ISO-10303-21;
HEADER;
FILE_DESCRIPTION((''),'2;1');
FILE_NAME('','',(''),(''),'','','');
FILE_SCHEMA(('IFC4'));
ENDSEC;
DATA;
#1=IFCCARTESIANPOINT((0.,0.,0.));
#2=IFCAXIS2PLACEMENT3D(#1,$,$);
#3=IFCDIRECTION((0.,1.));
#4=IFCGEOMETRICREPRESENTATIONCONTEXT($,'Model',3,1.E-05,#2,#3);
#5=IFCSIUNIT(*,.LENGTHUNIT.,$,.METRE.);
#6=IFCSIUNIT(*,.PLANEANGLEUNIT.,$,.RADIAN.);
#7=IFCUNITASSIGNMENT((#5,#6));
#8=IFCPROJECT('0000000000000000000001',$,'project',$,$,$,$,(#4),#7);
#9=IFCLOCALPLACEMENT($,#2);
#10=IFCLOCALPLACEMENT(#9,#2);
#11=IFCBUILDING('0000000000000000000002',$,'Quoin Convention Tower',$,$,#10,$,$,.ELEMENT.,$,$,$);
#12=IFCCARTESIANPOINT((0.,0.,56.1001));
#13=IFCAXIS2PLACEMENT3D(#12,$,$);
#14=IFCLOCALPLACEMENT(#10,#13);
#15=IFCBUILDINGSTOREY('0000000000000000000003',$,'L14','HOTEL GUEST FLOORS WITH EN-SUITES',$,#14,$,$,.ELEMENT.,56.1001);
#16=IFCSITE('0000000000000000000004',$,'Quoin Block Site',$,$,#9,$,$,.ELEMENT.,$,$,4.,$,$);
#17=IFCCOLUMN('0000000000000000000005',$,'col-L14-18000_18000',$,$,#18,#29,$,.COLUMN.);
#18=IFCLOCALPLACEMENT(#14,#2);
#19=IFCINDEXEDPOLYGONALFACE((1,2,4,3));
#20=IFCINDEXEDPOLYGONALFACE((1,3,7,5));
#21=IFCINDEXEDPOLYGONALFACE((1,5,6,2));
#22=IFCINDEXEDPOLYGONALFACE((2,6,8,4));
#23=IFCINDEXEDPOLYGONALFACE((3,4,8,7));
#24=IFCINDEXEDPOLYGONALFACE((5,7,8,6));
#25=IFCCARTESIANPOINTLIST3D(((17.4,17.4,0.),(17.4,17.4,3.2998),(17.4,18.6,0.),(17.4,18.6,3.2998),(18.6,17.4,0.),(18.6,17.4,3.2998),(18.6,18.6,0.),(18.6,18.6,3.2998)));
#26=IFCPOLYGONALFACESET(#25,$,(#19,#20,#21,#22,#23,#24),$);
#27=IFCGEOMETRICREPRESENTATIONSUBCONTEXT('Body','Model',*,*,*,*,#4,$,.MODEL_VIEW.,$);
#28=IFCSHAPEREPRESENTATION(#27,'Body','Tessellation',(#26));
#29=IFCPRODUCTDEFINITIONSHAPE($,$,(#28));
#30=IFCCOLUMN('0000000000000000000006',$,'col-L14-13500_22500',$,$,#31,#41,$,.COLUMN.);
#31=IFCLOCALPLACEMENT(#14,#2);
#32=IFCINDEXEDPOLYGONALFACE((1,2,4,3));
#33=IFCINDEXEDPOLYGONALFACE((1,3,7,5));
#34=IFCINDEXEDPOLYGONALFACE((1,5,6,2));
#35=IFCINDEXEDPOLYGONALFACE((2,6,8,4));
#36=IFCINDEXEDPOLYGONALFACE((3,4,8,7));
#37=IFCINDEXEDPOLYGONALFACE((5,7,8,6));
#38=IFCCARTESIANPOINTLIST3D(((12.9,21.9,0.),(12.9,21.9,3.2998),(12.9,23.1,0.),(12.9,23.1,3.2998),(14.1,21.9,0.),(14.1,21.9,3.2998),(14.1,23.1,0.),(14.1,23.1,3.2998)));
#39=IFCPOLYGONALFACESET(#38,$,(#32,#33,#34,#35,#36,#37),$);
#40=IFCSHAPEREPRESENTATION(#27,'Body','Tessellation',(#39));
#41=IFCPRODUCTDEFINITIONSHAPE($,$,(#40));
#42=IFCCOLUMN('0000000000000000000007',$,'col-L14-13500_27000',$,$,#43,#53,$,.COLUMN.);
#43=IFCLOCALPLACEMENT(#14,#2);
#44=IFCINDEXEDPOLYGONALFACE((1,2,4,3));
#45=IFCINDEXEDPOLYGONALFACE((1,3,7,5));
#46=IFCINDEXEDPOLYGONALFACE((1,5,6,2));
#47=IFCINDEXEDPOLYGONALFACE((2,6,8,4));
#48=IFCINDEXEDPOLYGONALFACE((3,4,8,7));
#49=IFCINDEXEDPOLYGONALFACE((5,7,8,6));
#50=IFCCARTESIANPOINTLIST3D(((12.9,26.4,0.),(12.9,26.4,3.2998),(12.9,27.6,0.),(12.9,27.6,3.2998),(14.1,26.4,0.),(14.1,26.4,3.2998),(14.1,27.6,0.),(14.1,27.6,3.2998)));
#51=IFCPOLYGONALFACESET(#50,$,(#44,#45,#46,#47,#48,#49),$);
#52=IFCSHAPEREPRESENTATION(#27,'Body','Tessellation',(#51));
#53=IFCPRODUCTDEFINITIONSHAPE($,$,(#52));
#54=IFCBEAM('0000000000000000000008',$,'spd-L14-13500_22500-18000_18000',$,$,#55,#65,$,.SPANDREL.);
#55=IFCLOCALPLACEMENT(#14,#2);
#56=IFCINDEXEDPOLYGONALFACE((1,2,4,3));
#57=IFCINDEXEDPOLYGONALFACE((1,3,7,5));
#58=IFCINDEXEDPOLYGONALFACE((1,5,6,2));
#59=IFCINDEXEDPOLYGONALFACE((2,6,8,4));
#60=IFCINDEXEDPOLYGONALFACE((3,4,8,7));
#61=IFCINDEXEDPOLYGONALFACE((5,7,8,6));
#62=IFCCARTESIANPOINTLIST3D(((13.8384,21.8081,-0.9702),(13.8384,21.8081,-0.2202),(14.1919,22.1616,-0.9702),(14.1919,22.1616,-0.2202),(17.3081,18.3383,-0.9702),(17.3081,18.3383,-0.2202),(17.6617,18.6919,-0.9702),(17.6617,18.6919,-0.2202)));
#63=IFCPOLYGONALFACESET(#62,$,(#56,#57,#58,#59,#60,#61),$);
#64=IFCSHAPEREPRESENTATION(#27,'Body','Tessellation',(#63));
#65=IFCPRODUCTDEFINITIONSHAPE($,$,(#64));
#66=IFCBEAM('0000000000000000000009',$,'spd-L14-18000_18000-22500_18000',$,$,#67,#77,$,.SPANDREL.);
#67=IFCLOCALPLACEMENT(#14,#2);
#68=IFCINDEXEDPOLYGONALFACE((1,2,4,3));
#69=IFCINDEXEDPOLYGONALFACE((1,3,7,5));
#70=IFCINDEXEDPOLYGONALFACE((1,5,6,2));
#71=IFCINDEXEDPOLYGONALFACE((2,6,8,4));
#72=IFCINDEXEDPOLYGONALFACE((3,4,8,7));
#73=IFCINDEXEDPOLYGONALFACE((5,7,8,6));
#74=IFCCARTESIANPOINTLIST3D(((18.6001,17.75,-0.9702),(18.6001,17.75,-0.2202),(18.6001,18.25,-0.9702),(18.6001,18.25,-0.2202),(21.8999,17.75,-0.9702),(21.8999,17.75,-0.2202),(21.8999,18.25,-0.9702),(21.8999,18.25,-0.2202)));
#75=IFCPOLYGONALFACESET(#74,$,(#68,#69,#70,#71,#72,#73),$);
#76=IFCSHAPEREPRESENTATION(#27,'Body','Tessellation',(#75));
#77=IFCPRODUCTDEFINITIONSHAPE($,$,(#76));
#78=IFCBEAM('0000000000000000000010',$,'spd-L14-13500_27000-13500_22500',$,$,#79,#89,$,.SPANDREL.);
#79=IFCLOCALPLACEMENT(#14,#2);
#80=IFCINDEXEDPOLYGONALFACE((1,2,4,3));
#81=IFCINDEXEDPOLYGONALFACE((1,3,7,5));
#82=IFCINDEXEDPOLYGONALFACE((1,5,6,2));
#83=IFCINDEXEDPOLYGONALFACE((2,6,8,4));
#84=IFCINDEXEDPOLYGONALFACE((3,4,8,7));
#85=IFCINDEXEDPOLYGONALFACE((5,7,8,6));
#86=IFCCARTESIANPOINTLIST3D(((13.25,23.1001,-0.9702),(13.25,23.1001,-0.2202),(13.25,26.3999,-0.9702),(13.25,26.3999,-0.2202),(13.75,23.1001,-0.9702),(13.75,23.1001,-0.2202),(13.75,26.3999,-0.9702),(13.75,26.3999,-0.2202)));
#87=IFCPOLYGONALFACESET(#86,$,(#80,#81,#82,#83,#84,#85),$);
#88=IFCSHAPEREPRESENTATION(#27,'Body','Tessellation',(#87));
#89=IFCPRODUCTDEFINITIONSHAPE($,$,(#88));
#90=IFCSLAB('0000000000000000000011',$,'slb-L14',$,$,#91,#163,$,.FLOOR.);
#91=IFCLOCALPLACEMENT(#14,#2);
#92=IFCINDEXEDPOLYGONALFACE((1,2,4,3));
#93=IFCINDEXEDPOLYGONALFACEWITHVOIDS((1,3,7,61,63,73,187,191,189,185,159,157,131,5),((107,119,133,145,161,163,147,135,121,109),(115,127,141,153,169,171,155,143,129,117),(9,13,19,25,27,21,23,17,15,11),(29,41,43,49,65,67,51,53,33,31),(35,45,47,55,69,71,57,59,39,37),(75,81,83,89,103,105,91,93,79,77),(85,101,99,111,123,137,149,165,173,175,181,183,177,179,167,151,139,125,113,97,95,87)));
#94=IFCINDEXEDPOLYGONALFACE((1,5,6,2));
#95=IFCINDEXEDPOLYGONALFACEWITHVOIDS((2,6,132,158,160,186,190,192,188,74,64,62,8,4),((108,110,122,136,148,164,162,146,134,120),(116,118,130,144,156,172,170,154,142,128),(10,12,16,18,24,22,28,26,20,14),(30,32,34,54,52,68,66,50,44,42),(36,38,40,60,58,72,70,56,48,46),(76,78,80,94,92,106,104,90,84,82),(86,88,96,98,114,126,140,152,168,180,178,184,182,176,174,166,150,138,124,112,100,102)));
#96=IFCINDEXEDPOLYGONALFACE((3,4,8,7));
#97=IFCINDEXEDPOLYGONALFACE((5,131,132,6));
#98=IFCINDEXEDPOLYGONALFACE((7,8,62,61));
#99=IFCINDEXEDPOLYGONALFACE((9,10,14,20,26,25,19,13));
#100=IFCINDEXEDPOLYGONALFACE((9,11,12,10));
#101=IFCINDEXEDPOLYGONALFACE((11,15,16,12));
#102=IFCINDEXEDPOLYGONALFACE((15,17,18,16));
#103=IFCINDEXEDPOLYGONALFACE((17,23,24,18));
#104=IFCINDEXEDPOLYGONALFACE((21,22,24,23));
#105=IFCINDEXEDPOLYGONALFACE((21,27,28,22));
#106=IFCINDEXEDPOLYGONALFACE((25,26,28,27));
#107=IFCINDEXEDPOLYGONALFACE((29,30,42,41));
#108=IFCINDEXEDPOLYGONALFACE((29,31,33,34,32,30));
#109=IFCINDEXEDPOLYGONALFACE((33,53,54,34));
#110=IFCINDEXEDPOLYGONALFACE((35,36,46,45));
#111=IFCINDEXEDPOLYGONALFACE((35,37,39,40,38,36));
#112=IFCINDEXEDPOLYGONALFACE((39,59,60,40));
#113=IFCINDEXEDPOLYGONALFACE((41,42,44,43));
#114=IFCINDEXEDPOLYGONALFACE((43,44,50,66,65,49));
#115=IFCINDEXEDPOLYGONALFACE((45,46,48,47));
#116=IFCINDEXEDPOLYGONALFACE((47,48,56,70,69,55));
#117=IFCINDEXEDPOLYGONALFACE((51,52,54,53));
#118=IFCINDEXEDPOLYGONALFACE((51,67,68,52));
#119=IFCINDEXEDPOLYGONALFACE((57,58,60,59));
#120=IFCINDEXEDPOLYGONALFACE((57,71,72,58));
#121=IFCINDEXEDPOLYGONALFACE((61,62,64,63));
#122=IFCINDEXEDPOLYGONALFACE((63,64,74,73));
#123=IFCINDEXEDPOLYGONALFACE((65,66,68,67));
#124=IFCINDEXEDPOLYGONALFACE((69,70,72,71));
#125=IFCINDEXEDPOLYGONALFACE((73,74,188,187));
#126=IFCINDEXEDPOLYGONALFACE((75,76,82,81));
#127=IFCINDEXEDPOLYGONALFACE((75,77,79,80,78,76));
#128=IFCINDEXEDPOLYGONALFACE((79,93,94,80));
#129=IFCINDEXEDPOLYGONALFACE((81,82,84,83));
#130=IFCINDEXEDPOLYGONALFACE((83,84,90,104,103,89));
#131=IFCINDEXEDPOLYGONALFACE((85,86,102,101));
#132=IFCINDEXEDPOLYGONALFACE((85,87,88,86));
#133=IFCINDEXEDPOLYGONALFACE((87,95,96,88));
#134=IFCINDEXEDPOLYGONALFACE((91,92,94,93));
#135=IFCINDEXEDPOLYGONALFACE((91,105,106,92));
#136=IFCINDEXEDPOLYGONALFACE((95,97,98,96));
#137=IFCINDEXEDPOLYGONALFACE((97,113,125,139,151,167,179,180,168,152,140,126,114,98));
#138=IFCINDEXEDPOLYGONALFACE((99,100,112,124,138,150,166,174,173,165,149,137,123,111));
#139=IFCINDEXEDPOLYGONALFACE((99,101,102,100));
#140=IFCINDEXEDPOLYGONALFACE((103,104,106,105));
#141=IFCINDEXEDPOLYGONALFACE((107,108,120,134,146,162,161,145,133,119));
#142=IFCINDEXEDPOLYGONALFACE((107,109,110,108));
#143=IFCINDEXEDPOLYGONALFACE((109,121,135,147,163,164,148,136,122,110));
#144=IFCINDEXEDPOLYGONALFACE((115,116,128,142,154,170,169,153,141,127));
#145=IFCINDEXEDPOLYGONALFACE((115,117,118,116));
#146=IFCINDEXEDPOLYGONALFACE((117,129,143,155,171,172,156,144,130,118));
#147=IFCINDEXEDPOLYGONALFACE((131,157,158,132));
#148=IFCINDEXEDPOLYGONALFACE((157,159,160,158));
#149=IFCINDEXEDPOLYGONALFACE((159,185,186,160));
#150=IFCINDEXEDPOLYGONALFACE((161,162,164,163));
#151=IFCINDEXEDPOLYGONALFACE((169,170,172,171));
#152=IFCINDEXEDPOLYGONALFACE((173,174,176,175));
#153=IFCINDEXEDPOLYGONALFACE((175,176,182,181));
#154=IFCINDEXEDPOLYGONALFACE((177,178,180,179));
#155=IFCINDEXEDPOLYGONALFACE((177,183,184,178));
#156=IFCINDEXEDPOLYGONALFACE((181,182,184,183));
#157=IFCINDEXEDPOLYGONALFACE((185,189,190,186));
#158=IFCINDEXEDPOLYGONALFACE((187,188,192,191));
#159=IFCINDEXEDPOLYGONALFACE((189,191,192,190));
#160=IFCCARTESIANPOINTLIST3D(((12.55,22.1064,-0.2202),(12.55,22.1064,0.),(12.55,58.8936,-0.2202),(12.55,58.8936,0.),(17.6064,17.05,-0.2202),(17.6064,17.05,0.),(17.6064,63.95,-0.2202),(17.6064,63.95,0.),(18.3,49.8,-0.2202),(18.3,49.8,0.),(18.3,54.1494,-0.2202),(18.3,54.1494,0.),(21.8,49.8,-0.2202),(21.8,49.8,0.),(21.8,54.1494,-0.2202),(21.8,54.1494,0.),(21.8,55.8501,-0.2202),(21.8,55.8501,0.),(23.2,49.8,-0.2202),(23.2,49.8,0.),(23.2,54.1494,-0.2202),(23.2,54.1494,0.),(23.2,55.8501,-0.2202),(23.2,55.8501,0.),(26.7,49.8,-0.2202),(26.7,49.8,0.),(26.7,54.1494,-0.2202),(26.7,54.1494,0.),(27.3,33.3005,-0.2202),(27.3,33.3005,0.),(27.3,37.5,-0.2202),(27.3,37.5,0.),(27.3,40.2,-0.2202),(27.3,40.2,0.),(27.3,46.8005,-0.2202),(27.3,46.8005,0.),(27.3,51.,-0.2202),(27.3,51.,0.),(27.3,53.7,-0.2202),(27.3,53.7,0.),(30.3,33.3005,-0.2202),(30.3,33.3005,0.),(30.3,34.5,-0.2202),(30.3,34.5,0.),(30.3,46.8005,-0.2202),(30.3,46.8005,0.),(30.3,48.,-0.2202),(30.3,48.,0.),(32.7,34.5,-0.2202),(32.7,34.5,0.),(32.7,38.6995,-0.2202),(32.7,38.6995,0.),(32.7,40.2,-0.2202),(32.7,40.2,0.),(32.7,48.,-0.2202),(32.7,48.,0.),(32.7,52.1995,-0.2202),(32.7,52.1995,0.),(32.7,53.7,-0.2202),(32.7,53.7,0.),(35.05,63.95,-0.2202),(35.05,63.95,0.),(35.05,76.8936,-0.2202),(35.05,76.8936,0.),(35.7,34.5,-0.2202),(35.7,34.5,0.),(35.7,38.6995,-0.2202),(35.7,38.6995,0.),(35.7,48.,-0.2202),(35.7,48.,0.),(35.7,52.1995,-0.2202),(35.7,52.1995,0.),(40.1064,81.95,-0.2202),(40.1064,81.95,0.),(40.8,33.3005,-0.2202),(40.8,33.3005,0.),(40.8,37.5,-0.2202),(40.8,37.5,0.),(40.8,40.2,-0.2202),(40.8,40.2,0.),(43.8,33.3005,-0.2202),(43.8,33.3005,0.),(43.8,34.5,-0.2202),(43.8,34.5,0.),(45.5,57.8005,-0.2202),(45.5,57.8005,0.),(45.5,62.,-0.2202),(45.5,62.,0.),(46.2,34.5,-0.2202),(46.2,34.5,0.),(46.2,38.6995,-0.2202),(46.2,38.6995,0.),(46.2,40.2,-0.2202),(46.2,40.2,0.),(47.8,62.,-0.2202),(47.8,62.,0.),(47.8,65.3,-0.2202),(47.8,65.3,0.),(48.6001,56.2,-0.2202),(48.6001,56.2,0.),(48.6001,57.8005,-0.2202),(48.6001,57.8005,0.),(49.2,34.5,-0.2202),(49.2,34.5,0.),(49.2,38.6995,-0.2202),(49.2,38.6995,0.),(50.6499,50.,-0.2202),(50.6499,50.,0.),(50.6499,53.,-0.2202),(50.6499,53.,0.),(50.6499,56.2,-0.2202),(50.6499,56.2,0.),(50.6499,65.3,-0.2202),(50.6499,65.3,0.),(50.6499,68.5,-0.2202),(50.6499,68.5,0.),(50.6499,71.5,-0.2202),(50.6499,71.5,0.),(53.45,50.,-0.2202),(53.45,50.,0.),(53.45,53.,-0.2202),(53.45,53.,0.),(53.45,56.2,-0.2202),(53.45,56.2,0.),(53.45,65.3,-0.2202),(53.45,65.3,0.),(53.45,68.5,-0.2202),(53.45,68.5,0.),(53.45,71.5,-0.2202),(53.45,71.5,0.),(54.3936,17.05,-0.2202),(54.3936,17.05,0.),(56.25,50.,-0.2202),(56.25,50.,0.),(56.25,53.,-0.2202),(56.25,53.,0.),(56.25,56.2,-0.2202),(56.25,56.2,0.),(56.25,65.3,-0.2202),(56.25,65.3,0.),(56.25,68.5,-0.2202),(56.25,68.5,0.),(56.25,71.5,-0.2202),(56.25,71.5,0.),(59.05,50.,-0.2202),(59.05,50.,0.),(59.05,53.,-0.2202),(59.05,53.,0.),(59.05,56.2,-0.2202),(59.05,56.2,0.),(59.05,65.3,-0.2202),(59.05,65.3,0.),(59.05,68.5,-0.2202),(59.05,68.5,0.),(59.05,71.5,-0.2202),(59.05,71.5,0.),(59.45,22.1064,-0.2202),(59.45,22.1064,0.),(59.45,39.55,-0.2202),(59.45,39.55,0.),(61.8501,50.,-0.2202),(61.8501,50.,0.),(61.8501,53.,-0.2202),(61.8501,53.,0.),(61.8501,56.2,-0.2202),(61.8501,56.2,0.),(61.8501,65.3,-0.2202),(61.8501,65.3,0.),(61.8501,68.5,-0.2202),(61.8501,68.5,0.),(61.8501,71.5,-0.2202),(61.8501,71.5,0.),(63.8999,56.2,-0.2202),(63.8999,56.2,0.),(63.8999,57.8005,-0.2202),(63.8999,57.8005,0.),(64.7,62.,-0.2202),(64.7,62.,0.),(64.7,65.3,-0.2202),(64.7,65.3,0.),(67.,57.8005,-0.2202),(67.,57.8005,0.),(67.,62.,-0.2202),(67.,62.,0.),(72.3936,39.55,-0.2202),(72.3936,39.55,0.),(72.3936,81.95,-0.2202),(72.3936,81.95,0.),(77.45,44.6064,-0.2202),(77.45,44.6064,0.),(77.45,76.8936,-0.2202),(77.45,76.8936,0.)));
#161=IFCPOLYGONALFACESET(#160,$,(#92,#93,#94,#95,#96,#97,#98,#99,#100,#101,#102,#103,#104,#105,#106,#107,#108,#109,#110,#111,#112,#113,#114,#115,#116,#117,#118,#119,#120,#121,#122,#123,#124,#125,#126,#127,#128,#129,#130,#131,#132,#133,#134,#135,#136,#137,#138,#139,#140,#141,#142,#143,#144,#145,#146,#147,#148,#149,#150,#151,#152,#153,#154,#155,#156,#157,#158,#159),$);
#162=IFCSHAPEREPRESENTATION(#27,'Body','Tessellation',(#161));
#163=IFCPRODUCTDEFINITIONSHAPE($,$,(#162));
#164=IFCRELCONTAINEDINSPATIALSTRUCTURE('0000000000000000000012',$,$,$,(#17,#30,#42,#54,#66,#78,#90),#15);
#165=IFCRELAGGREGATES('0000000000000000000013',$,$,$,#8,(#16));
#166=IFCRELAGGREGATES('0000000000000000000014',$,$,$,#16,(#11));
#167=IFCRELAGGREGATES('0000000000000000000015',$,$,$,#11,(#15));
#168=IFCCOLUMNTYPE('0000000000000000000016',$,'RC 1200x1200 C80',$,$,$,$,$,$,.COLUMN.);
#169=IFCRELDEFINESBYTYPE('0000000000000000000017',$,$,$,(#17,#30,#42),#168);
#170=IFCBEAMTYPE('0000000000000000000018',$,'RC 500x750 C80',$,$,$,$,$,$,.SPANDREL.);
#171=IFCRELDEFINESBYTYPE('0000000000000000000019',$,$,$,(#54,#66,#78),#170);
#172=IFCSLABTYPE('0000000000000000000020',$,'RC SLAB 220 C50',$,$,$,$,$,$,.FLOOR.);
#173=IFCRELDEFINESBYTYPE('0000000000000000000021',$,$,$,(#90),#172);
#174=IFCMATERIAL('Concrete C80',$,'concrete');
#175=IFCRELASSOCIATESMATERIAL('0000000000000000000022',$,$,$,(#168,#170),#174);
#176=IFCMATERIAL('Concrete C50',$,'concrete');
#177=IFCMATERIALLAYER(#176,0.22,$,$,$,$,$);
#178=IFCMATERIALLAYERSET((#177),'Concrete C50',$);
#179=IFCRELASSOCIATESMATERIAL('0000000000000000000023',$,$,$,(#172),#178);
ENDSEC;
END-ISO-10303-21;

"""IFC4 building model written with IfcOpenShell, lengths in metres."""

from ifc_helpers import new_model, si_unit, direction, frame, origin, origin_2d, place, context, subcontext, project, spatial, polyline, rectangle, outline, extrude, material, layer, layer_set, material_profile, profile_set, type_object, element, save


model = new_model("IFC4")

# Units and contexts
model_context = context("Model", 3, precision=1e-05, world=origin(), true_north=direction((0.0, 1.0)))
body_context = subcontext(model_context, "Body", "Model", "MODEL_VIEW")
ifc_project = project(units=[si_unit("LENGTHUNIT", "METRE"), si_unit("PLANEANGLEUNIT", "RADIAN")], contexts=[model_context])

# Site, building, storey
site_placement = place(None, origin())
site = spatial("IfcSite", under=ifc_project, at=site_placement, Name="Quoin Block Site", CompositionType="ELEMENT", RefElevation=4.0)
building_placement = place(site_placement, origin())
building = spatial("IfcBuilding", under=site, at=building_placement, Name="Quoin Convention Tower", CompositionType="ELEMENT")
storey_placement = place(building_placement, frame((0.0, 0.0, 56.1001)))
storey = spatial("IfcBuildingStorey", under=building, at=storey_placement, Name="L14", Description="HOTEL GUEST FLOORS WITH EN-SUITES", CompositionType="ELEMENT", Elevation=56.1001)

# Columns
ifc_material_1 = material(Name="Concrete C80", Category="concrete")
ifc_material_profile_1 = material_profile(ifc_material_1, rectangle(XDim=1.2, YDim=1.2, at=origin_2d()), Name="RC 1200x1200")
ifc_profile_set_1 = profile_set([ifc_material_profile_1], Name="Concrete C80")
column_type = type_object("IfcColumnType", Name="RC 1200x1200 C80", PredefinedType="COLUMN", material=ifc_profile_set_1)
for number, where, z_axis, x_axis, name in (
    (1, (18.0, 18.0, 0.0), (0.0, 0.0, 1.0), (1.0, 0.0, 0.0), "col-L14-18000_18000"),
    (2, (13.5, 22.5, 0.0), (0.0, 0.0, 1.0), (1.0, 0.0, 0.0), "col-L14-13500_22500"),
    (3, (13.5, 27.0, 0.0), (0.0, 0.0, 1.0), (1.0, 0.0, 0.0), "col-L14-13500_27000"),
):
    element("IfcColumn", number, at=place(storey_placement, frame(where, z_axis=z_axis, x_axis=x_axis)), inside=storey, type_object=column_type, Name=name, PredefinedType="COLUMN", context=body_context, shape_type="SweptSolid", body=[
        extrude(rectangle(XDim=1.2, YDim=1.2, at=origin_2d()), origin(), (0.0, 0.0, 1.0), 3.2998),
    ])

# Beams
ifc_material_profile_2 = material_profile(ifc_material_1, rectangle(XDim=0.5, YDim=0.75, at=origin_2d()), Name="RC 500x750")
ifc_profile_set_2 = profile_set([ifc_material_profile_2], Name="Concrete C80")
beam_type = type_object("IfcBeamType", Name="RC 500x750 C80", PredefinedType="SPANDREL", material=ifc_profile_set_2)
beam_placement = place(storey_placement, frame((14.0151, 21.9849, -0.5952), z_axis=(0.707107, -0.707107, 0.0), x_axis=(0.707107, 0.707107, 0.0)))
element("IfcBeam", 4, at=beam_placement, inside=storey, type_object=beam_type, Name="spd-L14-13500_22500-18000_18000", PredefinedType="SPANDREL", context=body_context, shape_type="SweptSolid", body=[
    extrude(rectangle(XDim=0.5, YDim=0.75, at=origin_2d()), origin(), (0.0, 0.0, 1.0), 4.907),
])
for number, where, z_axis, x_axis, name in (
    (5, (18.6001, 18.0, -0.5952), (1.0, 0.0, 0.0), (0.0, 1.0, 0.0), "spd-L14-18000_18000-22500_18000"),
    (6, (13.5, 26.3999, -0.5952), (0.0, -1.0, 0.0), (1.0, 0.0, 0.0), "spd-L14-13500_27000-13500_22500"),
):
    element("IfcBeam", number, at=place(storey_placement, frame(where, z_axis=z_axis, x_axis=x_axis)), inside=storey, type_object=beam_type, Name=name, PredefinedType="SPANDREL", context=body_context, shape_type="SweptSolid", body=[
        extrude(rectangle(XDim=0.5, YDim=0.75, at=origin_2d()), origin(), (0.0, 0.0, 1.0), 3.2998),
    ])

# Slab
ifc_material_2 = material(Name="Concrete C50", Category="concrete")
ifc_layer_1 = layer(ifc_material_2, 0.22)
ifc_layer_set_1 = layer_set([ifc_layer_1], Name="Concrete C50")
slab_type_1 = type_object("IfcSlabType", Name="RC SLAB 220 C50", PredefinedType="FLOOR", material=ifc_layer_set_1)
slab_1_placement = place(storey_placement, frame((0.0, 0.0, -0.2202)))
element("IfcSlab", 7, at=slab_1_placement, inside=storey, type_object=slab_type_1, Name="slb-L14", PredefinedType="FLOOR", context=body_context, shape_type="SweptSolid", body=[
    extrude(outline(polyline([(12.55, 58.8936), (17.6064, 63.95), (35.05, 63.95), (35.05, 76.8936), (40.1064, 81.95), (72.3936, 81.95), (77.45, 76.8936), (77.45, 44.6064), (72.3936, 39.55), (59.45, 39.55), (59.45, 22.1064), (54.3936, 17.05), (17.6064, 17.05), (12.55, 22.1064), (12.55, 58.8936)]), holes=[polyline([(30.3, 33.3005), (30.3, 34.5), (32.7, 34.5), (35.7, 34.5), (35.7, 38.6995), (32.7, 38.6995), (32.7, 40.2), (27.3, 40.2), (27.3, 37.5), (27.3, 33.3005), (30.3, 33.3005)]), polyline([(43.8, 33.3005), (43.8, 34.5), (46.2, 34.5), (49.2, 34.5), (49.2, 38.6995), (46.2, 38.6995), (46.2, 40.2), (40.8, 40.2), (40.8, 37.5), (40.8, 33.3005), (43.8, 33.3005)]), polyline([(27.3, 46.8005), (30.3, 46.8005), (30.3, 48.0), (32.7, 48.0), (35.7, 48.0), (35.7, 52.1995), (32.7, 52.1995), (32.7, 53.7), (27.3, 53.7), (27.3, 51.0), (27.3, 46.8005)]), polyline([(53.45, 50.0), (56.25, 50.0), (59.05, 50.0), (61.8501, 50.0), (61.8501, 53.0), (59.05, 53.0), (56.25, 53.0), (53.45, 53.0), (50.6499, 53.0), (50.6499, 50.0), (53.45, 50.0)]), polyline([(23.2, 49.8), (26.7, 49.8), (26.7, 54.1494), (23.2, 54.1494), (23.2, 55.8501), (21.8, 55.8501), (21.8, 54.1494), (18.3, 54.1494), (18.3, 49.8), (21.8, 49.8), (23.2, 49.8)]), polyline([(45.5, 57.8005), (48.6001, 57.8005), (48.6001, 56.2), (50.6499, 56.2), (53.45, 56.2), (56.25, 56.2), (59.05, 56.2), (61.8501, 56.2), (63.8999, 56.2), (63.8999, 57.8005), (67.0, 57.8005), (67.0, 62.0), (64.7, 62.0), (64.7, 65.3), (61.8501, 65.3), (59.05, 65.3), (56.25, 65.3), (53.45, 65.3), (50.6499, 65.3), (47.8, 65.3), (47.8, 62.0), (45.5, 62.0), (45.5, 57.8005)]), polyline([(59.05, 68.5), (61.8501, 68.5), (61.8501, 71.5), (59.05, 71.5), (56.25, 71.5), (53.45, 71.5), (50.6499, 71.5), (50.6499, 68.5), (53.45, 68.5), (56.25, 68.5), (59.05, 68.5)])]), origin(), (0.0, 0.0, 1.0), 0.2202),
])

save(model, "model.ifc")
